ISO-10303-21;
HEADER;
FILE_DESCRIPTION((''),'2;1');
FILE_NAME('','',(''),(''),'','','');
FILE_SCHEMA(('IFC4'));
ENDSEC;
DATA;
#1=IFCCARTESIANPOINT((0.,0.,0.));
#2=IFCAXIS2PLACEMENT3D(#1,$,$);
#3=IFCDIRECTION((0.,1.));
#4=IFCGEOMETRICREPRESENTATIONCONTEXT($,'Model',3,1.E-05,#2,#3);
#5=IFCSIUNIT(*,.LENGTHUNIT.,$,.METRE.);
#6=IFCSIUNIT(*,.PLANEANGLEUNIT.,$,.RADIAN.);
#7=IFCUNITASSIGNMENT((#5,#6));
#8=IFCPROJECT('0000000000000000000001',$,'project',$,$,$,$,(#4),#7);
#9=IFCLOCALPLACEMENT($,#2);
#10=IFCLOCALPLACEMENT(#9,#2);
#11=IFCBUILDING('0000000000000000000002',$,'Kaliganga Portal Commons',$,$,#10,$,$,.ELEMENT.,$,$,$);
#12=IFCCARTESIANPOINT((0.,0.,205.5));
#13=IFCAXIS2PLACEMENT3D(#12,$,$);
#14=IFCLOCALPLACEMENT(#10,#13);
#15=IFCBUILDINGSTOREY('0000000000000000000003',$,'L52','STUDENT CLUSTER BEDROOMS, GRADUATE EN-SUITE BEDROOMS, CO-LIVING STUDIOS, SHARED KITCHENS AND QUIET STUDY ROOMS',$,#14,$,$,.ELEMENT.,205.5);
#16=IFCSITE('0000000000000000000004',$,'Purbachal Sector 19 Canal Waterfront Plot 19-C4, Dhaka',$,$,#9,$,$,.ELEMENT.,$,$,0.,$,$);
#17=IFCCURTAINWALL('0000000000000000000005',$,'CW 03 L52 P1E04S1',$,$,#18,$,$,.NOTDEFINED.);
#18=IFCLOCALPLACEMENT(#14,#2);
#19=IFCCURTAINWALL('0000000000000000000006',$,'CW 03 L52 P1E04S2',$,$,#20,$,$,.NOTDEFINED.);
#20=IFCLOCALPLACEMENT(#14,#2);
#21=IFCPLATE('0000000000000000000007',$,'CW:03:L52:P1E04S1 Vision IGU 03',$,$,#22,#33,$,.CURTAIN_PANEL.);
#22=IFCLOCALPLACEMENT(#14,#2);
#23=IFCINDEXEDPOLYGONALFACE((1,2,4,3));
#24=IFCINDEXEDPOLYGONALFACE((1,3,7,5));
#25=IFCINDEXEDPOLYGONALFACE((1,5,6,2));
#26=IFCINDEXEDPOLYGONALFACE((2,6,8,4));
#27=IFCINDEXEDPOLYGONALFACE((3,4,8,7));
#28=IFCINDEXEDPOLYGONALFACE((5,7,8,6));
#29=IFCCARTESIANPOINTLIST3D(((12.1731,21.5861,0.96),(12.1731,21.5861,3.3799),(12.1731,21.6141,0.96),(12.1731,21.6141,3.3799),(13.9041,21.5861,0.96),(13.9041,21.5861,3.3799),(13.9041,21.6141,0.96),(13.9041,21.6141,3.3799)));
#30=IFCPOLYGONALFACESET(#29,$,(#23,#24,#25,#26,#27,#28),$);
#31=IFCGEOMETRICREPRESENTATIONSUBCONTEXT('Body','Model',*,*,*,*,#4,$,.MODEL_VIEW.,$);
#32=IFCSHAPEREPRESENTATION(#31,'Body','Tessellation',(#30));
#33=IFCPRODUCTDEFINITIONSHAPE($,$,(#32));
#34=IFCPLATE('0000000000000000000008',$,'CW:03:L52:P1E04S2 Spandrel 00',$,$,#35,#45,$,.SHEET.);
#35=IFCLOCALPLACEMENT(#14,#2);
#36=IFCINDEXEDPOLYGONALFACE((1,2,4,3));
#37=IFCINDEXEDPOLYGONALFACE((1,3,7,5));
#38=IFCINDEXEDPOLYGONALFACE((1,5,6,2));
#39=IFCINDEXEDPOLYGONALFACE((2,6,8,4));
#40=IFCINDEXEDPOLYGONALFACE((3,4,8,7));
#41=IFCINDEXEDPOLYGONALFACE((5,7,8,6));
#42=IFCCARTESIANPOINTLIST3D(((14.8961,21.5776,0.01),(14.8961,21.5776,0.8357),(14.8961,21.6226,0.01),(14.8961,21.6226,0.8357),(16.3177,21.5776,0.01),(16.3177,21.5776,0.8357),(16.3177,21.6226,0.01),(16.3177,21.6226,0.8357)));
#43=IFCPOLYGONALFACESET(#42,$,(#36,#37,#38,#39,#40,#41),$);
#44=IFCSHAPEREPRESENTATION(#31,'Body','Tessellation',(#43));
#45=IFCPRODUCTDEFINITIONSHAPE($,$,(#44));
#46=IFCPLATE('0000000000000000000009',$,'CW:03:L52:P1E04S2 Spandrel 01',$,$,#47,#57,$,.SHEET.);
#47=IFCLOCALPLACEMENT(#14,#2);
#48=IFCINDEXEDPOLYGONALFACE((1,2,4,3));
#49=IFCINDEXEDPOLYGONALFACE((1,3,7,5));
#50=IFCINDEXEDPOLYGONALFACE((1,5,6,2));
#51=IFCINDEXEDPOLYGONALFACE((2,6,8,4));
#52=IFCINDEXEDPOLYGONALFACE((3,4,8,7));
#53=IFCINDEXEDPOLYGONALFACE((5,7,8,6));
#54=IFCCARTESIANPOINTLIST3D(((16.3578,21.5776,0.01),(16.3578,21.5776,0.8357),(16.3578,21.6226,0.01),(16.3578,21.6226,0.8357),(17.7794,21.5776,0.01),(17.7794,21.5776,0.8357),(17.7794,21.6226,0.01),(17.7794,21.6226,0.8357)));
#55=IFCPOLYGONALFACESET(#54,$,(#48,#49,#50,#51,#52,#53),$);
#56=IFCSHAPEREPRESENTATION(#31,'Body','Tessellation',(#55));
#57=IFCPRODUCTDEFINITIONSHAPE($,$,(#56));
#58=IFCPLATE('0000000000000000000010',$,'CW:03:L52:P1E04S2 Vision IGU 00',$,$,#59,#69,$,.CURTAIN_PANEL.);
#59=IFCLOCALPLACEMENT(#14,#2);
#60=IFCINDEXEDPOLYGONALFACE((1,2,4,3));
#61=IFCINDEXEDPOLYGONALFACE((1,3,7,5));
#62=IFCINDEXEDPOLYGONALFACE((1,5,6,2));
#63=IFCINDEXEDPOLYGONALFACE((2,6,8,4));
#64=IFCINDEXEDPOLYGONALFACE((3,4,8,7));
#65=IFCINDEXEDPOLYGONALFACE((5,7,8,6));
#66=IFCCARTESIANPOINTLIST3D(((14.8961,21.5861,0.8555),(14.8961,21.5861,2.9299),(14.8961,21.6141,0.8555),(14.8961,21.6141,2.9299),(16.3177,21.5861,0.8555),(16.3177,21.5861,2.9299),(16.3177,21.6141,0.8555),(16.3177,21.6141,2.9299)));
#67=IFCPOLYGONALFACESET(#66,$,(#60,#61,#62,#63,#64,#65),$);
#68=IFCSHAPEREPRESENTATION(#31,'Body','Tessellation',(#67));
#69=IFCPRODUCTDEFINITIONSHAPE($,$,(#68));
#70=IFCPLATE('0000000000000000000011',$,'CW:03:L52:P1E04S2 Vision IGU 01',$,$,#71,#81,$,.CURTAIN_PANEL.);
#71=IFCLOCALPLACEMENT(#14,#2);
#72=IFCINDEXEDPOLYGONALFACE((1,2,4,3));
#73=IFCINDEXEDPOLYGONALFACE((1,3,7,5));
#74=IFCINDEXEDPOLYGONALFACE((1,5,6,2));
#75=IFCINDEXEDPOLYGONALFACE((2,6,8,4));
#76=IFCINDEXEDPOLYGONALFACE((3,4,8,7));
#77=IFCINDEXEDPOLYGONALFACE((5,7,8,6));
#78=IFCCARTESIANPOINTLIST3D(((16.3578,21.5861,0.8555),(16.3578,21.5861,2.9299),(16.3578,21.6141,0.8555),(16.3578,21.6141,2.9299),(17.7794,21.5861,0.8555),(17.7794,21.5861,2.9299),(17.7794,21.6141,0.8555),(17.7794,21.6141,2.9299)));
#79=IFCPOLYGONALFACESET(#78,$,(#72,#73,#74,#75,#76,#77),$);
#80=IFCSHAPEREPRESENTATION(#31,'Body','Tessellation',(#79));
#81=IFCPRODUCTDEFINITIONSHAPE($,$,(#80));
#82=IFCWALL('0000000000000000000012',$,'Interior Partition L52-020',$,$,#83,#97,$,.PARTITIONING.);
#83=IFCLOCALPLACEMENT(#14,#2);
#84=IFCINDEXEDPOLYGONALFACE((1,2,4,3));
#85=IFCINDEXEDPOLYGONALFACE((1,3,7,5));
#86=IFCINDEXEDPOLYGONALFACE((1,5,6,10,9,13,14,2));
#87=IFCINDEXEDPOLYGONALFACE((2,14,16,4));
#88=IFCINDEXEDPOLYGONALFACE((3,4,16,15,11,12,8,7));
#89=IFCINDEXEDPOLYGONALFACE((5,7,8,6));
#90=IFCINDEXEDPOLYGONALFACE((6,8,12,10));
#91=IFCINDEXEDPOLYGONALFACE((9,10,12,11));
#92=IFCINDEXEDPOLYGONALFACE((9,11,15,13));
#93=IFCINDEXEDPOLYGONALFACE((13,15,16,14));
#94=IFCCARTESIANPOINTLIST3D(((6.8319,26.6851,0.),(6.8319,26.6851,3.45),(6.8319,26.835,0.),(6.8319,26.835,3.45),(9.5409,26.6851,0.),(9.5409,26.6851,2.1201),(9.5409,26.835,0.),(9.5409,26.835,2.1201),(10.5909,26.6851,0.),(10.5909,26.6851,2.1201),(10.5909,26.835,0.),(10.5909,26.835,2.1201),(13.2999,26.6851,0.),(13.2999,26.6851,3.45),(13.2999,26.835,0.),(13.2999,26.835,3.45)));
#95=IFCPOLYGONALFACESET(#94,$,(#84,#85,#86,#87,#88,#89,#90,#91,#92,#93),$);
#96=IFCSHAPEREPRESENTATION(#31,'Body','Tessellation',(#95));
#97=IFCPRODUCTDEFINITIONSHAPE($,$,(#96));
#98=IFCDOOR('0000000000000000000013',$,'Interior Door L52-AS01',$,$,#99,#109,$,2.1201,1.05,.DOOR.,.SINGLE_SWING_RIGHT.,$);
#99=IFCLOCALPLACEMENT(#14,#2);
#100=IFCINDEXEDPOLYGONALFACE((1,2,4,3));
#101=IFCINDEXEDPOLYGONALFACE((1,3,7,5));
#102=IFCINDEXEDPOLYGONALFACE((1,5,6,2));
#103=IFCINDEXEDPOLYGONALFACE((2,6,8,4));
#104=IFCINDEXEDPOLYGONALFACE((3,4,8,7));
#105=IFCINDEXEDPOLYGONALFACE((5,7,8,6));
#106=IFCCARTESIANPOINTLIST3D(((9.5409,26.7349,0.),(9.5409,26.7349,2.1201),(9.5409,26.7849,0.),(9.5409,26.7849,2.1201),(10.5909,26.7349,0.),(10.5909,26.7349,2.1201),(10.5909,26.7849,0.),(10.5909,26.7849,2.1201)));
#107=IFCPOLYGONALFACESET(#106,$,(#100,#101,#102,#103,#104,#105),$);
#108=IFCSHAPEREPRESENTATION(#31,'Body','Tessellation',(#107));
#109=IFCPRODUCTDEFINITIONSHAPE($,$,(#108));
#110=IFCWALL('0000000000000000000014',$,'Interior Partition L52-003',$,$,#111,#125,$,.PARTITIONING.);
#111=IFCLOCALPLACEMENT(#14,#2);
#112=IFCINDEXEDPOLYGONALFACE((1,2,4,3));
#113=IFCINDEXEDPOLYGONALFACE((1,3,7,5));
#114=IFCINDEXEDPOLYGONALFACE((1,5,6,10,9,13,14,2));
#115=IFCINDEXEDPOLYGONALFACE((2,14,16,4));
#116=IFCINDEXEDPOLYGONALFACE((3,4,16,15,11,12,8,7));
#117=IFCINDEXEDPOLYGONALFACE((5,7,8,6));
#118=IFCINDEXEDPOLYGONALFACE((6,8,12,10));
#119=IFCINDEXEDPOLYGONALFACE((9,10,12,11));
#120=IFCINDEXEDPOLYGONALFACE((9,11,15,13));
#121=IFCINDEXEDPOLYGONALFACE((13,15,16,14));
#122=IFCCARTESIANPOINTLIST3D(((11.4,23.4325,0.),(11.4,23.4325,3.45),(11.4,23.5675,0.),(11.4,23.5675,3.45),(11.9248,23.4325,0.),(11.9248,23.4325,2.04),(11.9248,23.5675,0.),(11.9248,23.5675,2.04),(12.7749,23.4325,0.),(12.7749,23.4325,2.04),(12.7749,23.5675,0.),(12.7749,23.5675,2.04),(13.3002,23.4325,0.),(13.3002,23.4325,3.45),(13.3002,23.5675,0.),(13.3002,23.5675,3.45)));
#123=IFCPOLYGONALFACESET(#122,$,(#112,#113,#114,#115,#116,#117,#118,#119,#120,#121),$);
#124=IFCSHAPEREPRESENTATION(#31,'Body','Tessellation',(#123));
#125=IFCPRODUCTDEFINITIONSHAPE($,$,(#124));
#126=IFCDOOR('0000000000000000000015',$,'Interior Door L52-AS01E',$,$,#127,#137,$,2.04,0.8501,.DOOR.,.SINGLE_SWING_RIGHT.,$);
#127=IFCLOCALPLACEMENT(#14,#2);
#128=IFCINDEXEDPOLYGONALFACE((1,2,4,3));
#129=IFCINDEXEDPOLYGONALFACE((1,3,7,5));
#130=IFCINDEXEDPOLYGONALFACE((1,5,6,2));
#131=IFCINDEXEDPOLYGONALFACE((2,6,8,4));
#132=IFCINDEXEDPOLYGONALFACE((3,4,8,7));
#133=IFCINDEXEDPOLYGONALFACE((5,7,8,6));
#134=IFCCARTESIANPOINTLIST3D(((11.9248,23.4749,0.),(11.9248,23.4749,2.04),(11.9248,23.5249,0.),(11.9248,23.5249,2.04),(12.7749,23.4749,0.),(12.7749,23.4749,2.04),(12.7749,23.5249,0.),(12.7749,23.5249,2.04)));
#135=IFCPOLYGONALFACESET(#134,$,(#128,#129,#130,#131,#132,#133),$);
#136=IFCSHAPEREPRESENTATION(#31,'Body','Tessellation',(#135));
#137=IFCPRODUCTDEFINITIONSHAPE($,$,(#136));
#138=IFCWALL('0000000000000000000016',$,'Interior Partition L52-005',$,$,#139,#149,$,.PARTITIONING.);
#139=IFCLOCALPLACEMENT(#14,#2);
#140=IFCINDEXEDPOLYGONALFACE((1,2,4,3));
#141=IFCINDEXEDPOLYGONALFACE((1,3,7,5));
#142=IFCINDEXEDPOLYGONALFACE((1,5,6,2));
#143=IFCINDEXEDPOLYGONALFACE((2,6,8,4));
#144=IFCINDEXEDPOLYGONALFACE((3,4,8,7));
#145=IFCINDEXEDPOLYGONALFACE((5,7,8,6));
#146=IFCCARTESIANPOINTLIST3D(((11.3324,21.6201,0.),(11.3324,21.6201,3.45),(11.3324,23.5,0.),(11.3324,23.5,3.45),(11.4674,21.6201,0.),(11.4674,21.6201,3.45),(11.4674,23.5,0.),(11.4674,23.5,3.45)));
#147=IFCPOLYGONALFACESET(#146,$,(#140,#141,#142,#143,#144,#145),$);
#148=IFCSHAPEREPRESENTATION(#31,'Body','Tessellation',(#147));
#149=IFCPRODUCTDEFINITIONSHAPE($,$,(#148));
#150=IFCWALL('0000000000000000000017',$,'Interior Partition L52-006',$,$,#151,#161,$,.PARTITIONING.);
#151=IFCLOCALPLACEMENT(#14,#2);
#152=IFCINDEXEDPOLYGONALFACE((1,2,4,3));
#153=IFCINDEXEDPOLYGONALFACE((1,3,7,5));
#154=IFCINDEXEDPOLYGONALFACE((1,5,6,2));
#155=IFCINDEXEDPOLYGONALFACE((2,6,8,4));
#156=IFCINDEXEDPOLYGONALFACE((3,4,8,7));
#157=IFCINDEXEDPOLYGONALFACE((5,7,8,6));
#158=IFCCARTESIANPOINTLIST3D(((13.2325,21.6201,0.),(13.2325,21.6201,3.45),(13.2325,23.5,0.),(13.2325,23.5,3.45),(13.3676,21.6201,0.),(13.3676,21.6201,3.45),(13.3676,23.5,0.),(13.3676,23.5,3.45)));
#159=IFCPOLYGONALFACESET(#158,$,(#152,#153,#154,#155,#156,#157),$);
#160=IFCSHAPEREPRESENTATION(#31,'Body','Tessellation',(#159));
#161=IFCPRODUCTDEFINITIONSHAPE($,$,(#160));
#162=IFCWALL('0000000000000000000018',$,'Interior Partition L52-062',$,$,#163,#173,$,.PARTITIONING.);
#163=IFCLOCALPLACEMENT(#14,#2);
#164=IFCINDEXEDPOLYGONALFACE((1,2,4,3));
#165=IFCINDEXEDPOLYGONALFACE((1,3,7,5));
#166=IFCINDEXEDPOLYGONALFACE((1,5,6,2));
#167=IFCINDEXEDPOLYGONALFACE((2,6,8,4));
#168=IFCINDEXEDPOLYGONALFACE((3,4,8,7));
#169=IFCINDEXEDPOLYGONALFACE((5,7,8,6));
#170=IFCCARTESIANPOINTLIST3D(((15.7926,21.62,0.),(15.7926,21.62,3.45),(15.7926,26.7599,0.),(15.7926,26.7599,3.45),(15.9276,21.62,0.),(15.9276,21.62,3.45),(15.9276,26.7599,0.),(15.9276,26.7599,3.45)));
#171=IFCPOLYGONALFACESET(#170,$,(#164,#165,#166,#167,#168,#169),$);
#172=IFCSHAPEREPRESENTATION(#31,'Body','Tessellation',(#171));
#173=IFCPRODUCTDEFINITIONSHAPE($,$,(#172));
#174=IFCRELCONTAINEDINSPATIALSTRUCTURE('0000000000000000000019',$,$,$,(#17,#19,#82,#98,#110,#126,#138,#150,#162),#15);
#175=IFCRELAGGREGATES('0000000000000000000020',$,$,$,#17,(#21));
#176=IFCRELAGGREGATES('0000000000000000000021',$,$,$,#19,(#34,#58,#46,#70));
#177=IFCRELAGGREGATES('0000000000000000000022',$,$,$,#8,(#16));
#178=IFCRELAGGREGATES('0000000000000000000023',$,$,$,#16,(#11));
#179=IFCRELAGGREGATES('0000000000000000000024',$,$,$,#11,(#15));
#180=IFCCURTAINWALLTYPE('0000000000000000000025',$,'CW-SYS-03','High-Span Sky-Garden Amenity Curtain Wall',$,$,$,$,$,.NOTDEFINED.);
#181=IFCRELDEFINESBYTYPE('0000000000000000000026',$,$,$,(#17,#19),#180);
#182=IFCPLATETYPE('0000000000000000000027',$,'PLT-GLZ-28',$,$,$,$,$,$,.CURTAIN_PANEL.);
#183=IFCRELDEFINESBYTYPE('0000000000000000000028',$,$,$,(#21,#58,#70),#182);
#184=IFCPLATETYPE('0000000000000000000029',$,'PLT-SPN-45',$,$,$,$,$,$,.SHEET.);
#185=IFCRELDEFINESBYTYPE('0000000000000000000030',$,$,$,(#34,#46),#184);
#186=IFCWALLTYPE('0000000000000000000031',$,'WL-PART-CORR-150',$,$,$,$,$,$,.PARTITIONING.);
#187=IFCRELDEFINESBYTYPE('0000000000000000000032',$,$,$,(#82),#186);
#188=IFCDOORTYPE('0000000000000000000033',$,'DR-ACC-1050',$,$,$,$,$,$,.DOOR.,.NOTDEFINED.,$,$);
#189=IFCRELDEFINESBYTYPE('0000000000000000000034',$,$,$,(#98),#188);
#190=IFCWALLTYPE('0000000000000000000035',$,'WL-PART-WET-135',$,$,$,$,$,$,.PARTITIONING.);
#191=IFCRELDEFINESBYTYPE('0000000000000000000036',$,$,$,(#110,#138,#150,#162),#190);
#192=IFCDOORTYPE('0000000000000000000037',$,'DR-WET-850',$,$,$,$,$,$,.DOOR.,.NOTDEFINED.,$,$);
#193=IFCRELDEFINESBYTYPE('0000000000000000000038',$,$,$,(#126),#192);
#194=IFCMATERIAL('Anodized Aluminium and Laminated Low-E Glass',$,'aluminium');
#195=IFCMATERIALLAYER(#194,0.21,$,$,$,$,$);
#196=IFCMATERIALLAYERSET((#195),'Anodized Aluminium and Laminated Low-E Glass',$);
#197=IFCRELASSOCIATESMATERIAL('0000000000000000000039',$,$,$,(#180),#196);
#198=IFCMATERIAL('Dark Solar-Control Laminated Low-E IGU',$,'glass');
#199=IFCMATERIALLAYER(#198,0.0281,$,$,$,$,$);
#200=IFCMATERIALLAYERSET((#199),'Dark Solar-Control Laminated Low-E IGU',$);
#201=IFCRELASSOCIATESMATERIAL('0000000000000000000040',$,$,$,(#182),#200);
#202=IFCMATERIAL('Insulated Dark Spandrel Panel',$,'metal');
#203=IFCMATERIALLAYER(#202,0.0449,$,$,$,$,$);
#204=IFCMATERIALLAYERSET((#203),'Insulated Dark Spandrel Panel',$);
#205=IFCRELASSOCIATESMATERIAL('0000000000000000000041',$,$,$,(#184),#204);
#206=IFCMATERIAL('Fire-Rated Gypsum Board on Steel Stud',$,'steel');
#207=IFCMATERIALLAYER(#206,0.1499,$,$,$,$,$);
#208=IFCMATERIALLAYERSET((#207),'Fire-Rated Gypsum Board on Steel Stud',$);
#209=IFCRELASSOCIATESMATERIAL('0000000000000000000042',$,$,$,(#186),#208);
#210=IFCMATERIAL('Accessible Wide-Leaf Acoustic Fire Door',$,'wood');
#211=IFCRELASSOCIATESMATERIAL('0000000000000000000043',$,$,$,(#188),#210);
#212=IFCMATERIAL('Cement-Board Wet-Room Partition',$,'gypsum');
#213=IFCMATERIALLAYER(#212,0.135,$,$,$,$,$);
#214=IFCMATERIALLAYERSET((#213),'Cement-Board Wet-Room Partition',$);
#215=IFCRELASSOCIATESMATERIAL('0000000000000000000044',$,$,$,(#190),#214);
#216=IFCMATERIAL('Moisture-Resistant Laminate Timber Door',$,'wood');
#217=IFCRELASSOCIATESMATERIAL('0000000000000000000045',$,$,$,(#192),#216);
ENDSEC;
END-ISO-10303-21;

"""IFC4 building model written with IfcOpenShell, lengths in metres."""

from ifc_helpers import new_model, si_unit, direction, frame, frame_2d, origin, origin_2d, place, context, subcontext, project, spatial, rectangle, extrude, source, transform, mapped, material, layer, layer_set, type_object, element, fill, aggregate, save


model = new_model("IFC4")

# Units and contexts
model_context = context("Model", 3, precision=1e-05, world=origin(), true_north=direction((0.0, 1.0)))
body_context = subcontext(model_context, "Body", "Model", "MODEL_VIEW")
ifc_project = project(units=[si_unit("LENGTHUNIT", "METRE"), si_unit("PLANEANGLEUNIT", "RADIAN")], contexts=[model_context])

# Site, building, storey
site_placement = place(None, origin())
site = spatial("IfcSite", under=ifc_project, at=site_placement, Name="Purbachal Sector 19 Canal Waterfront Plot 19-C4, Dhaka", CompositionType="ELEMENT", RefElevation=0.0)
building_placement = place(site_placement, origin())
building = spatial("IfcBuilding", under=site, at=building_placement, Name="Kaliganga Portal Commons", CompositionType="ELEMENT")
storey_placement = place(building_placement, frame((0.0, 0.0, 205.5)))
storey = spatial("IfcBuildingStorey", under=building, at=storey_placement, Name="L52", Description="STUDENT CLUSTER BEDROOMS, GRADUATE EN-SUITE BEDROOMS, CO-LIVING STUDIOS, SHARED KITCHENS AND QUIET STUDY ROOMS", CompositionType="ELEMENT", Elevation=205.5)

# Curtain wall
ifc_material_1 = material(Name="Anodized Aluminium and Laminated Low-E Glass", Category="aluminium")
ifc_layer_1 = layer(ifc_material_1, 0.21)
ifc_layer_set_1 = layer_set([ifc_layer_1], Name="Anodized Aluminium and Laminated Low-E Glass")
curtain_wall_type = type_object("IfcCurtainWallType", Name="CW-SYS-03", Description="High-Span Sky-Garden Amenity Curtain Wall", PredefinedType="NOTDEFINED", material=ifc_layer_set_1)
curtain_wall_1_placement = place(storey_placement, origin())
curtain_wall_1 = element("IfcCurtainWall", 1, at=curtain_wall_1_placement, inside=storey, type_object=curtain_wall_type, Name="CW 03 L52 P1E04S1", PredefinedType="NOTDEFINED")

# Curtain wall
curtain_wall_2_placement = place(storey_placement, origin())
curtain_wall_2 = element("IfcCurtainWall", 2, at=curtain_wall_2_placement, inside=storey, type_object=curtain_wall_type, Name="CW 03 L52 P1E04S2", PredefinedType="NOTDEFINED")

# Plates
ifc_material_2 = material(Name="Dark Solar-Control Laminated Low-E IGU", Category="glass")
ifc_layer_2 = layer(ifc_material_2, 0.0281)
ifc_layer_set_2 = layer_set([ifc_layer_2], Name="Dark Solar-Control Laminated Low-E IGU")
plate_type_1 = type_object("IfcPlateType", Name="PLT-GLZ-28", PredefinedType="CURTAIN_PANEL", material=ifc_layer_set_2)
shared_shape_1 = source(origin(), body_context, "Body", "SweptSolid", [
    extrude(rectangle(XDim=1.731, YDim=0.0281, at=origin_2d()), origin(), (0.0, 0.0, 1.0), 2.4199),
])
plate_1_placement = place(storey_placement, frame((13.0386, 21.6001, 0.96), z_axis=(0.0, 0.0, 1.0), x_axis=(1.0, 0.0, 0.0)))
plate_1 = element("IfcPlate", 3, at=plate_1_placement, type_object=plate_type_1, Name="CW:03:L52:P1E04S1 Vision IGU 03", PredefinedType="CURTAIN_PANEL", context=body_context, shape_type="MappedRepresentation", body=[
    mapped(shared_shape_1, transform((0.0, 0.0, 0.0), x_axis=(1.0, 0.0, 0.0), y_axis=(0.0, 1.0, 0.0), z_axis=(0.0, 0.0, 1.0), scale=1.0)),
])
aggregate(curtain_wall_1, [plate_1])
ifc_material_3 = material(Name="Insulated Dark Spandrel Panel", Category="metal")
ifc_layer_3 = layer(ifc_material_3, 0.0449)
ifc_layer_set_3 = layer_set([ifc_layer_3], Name="Insulated Dark Spandrel Panel")
plate_type_2 = type_object("IfcPlateType", Name="PLT-SPN-45", PredefinedType="SHEET", material=ifc_layer_set_3)
shared_shape_2 = source(origin(), body_context, "Body", "SweptSolid", [
    extrude(rectangle(XDim=1.4216, YDim=0.0449, at=origin_2d()), origin(), (0.0, 0.0, 1.0), 0.8257),
])
plate_2_placement = place(storey_placement, frame((15.6069, 21.6001, 0.01), z_axis=(0.0, 0.0, 1.0), x_axis=(1.0, 0.0, 0.0)))
plate_2 = element("IfcPlate", 4, at=plate_2_placement, type_object=plate_type_2, Name="CW:03:L52:P1E04S2 Spandrel 00", PredefinedType="SHEET", context=body_context, shape_type="MappedRepresentation", body=[
    mapped(shared_shape_2, transform((0.0, 0.0, 0.0), x_axis=(1.0, 0.0, 0.0), y_axis=(0.0, 1.0, 0.0), z_axis=(0.0, 0.0, 1.0), scale=1.0)),
])
plate_3_placement = place(storey_placement, frame((17.0686, 21.6001, 0.01), z_axis=(0.0, 0.0, 1.0), x_axis=(1.0, 0.0, 0.0)))
plate_3 = element("IfcPlate", 5, at=plate_3_placement, type_object=plate_type_2, Name="CW:03:L52:P1E04S2 Spandrel 01", PredefinedType="SHEET", context=body_context, shape_type="MappedRepresentation", body=[
    mapped(shared_shape_2, transform((0.0, 0.0, 0.0), x_axis=(1.0, 0.0, 0.0), y_axis=(0.0, 1.0, 0.0), z_axis=(0.0, 0.0, 1.0), scale=1.0)),
])
shared_shape_3 = source(origin(), body_context, "Body", "SweptSolid", [
    extrude(rectangle(XDim=1.4216, YDim=0.0281, at=origin_2d()), origin(), (0.0, 0.0, 1.0), 2.0745),
])
plate_4_placement = place(storey_placement, frame((15.6069, 21.6001, 0.8555), z_axis=(0.0, 0.0, 1.0), x_axis=(1.0, 0.0, 0.0)))
plate_4 = element("IfcPlate", 6, at=plate_4_placement, type_object=plate_type_1, Name="CW:03:L52:P1E04S2 Vision IGU 00", PredefinedType="CURTAIN_PANEL", context=body_context, shape_type="MappedRepresentation", body=[
    mapped(shared_shape_3, transform((0.0, 0.0, 0.0), x_axis=(1.0, 0.0, 0.0), y_axis=(0.0, 1.0, 0.0), z_axis=(0.0, 0.0, 1.0), scale=1.0)),
])
plate_5_placement = place(storey_placement, frame((17.0686, 21.6001, 0.8555), z_axis=(0.0, 0.0, 1.0), x_axis=(1.0, 0.0, 0.0)))
plate_5 = element("IfcPlate", 7, at=plate_5_placement, type_object=plate_type_1, Name="CW:03:L52:P1E04S2 Vision IGU 01", PredefinedType="CURTAIN_PANEL", context=body_context, shape_type="MappedRepresentation", body=[
    mapped(shared_shape_3, transform((0.0, 0.0, 0.0), x_axis=(1.0, 0.0, 0.0), y_axis=(0.0, 1.0, 0.0), z_axis=(0.0, 0.0, 1.0), scale=1.0)),
])
aggregate(curtain_wall_2, [plate_2, plate_4, plate_3, plate_5])

# Walls, openings, doors
ifc_material_4 = material(Name="Fire-Rated Gypsum Board on Steel Stud", Category="steel")
ifc_layer_4 = layer(ifc_material_4, 0.1499)
ifc_layer_set_4 = layer_set([ifc_layer_4], Name="Fire-Rated Gypsum Board on Steel Stud")
wall_type_1 = type_object("IfcWallType", Name="WL-PART-CORR-150", PredefinedType="PARTITIONING", material=ifc_layer_set_4)
wall_1_placement = place(storey_placement, frame((6.832, 26.76, 0.0), z_axis=(0.0, 0.0, 1.0), x_axis=(1.0, 0.0, 0.0)))
wall_1 = element("IfcWall", 8, at=wall_1_placement, inside=storey, type_object=wall_type_1, Name="Interior Partition L52-020", PredefinedType="PARTITIONING", context=body_context, shape_type="SweptSolid", body=[
    extrude(rectangle(XDim=6.468, YDim=0.1499, at=frame_2d((3.2339, 0.0))), origin(), (0.0, 0.0, 1.0), 3.45),
])
opening_1_placement = place(wall_1_placement, frame((2.709, 0.0, 0.0)))
opening_1 = element("IfcOpeningElement", 9, at=opening_1_placement, cuts=wall_1, PredefinedType="OPENING", context=body_context, shape_type="SweptSolid", body=[
    extrude(rectangle(XDim=1.05, YDim=2.1201, at=frame_2d((0.5249, 1.0601))), frame((0.0, 0.085, 0.0), z_axis=(0.0, -1.0, 0.0), x_axis=(1.0, 0.0, 0.0)), (0.0, 0.0, 1.0), 0.1699),
])
ifc_material_5 = material(Name="Accessible Wide-Leaf Acoustic Fire Door", Category="wood")
door_type_1 = type_object("IfcDoorType", Name="DR-ACC-1050", OperationType="NOTDEFINED", PredefinedType="DOOR", material=ifc_material_5)
door_1_placement = place(opening_1_placement, origin())
door_1 = element("IfcDoor", 10, at=door_1_placement, inside=storey, type_object=door_type_1, Name="Interior Door L52-AS01", OperationType="SINGLE_SWING_RIGHT", OverallHeight=2.1201, OverallWidth=1.05, PredefinedType="DOOR", context=body_context, shape_type="SweptSolid", body=[
    extrude(rectangle(XDim=1.05, YDim=2.1201, at=frame_2d((0.5249, 1.0601))), frame((0.0, 0.0249, 0.0), z_axis=(0.0, -1.0, 0.0), x_axis=(1.0, 0.0, 0.0)), (0.0, 0.0, 1.0), 0.05),
])
fill(opening_1, door_1)
ifc_material_6 = material(Name="Cement-Board Wet-Room Partition", Category="gypsum")
ifc_layer_5 = layer(ifc_material_6, 0.135)
ifc_layer_set_5 = layer_set([ifc_layer_5], Name="Cement-Board Wet-Room Partition")
wall_type_2 = type_object("IfcWallType", Name="WL-PART-WET-135", PredefinedType="PARTITIONING", material=ifc_layer_set_5)
wall_2_placement = place(storey_placement, frame((11.3999, 23.5, 0.0), z_axis=(0.0, 0.0, 1.0), x_axis=(1.0, 0.0, 0.0)))
wall_2 = element("IfcWall", 11, at=wall_2_placement, inside=storey, type_object=wall_type_2, Name="Interior Partition L52-003", PredefinedType="PARTITIONING", context=body_context, shape_type="SweptSolid", body=[
    extrude(rectangle(XDim=1.9001, YDim=0.135, at=frame_2d((0.9502, 0.0))), origin(), (0.0, 0.0, 1.0), 3.45),
])
opening_2_placement = place(wall_2_placement, frame((0.5249, 0.0, 0.0)))
opening_2 = element("IfcOpeningElement", 12, at=opening_2_placement, cuts=wall_2, PredefinedType="OPENING", context=body_context, shape_type="SweptSolid", body=[
    extrude(rectangle(XDim=0.8501, YDim=2.04, at=frame_2d((0.425, 1.02))), frame((0.0, 0.0776, 0.0), z_axis=(0.0, -1.0, 0.0), x_axis=(1.0, 0.0, 0.0)), (0.0, 0.0, 1.0), 0.155),
])
ifc_material_7 = material(Name="Moisture-Resistant Laminate Timber Door", Category="wood")
door_type_2 = type_object("IfcDoorType", Name="DR-WET-850", OperationType="NOTDEFINED", PredefinedType="DOOR", material=ifc_material_7)
door_2_placement = place(opening_2_placement, origin())
door_2 = element("IfcDoor", 13, at=door_2_placement, inside=storey, type_object=door_type_2, Name="Interior Door L52-AS01E", OperationType="SINGLE_SWING_RIGHT", OverallHeight=2.04, OverallWidth=0.8501, PredefinedType="DOOR", context=body_context, shape_type="SweptSolid", body=[
    extrude(rectangle(XDim=0.8501, YDim=2.04, at=frame_2d((0.425, 1.02))), frame((0.0, 0.0249, 0.0), z_axis=(0.0, -1.0, 0.0), x_axis=(1.0, 0.0, 0.0)), (0.0, 0.0, 1.0), 0.05),
])
fill(opening_2, door_2)

# Walls
for number, where, z_axis, x_axis, name in (
    (14, (11.3999, 21.6201, 0.0), (0.0, 0.0, 1.0), (0.0, 1.0, 0.0), "Interior Partition L52-005"),
    (15, (13.3, 21.6201, 0.0), (0.0, 0.0, 1.0), (0.0, 1.0, 0.0), "Interior Partition L52-006"),
):
    element("IfcWall", number, at=place(storey_placement, frame(where, z_axis=z_axis, x_axis=x_axis)), inside=storey, type_object=wall_type_2, Name=name, PredefinedType="PARTITIONING", context=body_context, shape_type="SweptSolid", body=[
        extrude(rectangle(XDim=1.8799, YDim=0.135, at=frame_2d((0.9399, 0.0))), origin(), (0.0, 0.0, 1.0), 3.45),
    ])
wall_3_placement = place(storey_placement, frame((15.8601, 21.6201, 0.0), z_axis=(0.0, 0.0, 1.0), x_axis=(0.0, 1.0, 0.0)))
element("IfcWall", 16, at=wall_3_placement, inside=storey, type_object=wall_type_2, Name="Interior Partition L52-062", PredefinedType="PARTITIONING", context=body_context, shape_type="SweptSolid", body=[
    extrude(rectangle(XDim=5.1399, YDim=0.135, at=frame_2d((2.5698, 0.0))), origin(), (0.0, 0.0, 1.0), 3.45),
])

save(model, "model.ifc")
